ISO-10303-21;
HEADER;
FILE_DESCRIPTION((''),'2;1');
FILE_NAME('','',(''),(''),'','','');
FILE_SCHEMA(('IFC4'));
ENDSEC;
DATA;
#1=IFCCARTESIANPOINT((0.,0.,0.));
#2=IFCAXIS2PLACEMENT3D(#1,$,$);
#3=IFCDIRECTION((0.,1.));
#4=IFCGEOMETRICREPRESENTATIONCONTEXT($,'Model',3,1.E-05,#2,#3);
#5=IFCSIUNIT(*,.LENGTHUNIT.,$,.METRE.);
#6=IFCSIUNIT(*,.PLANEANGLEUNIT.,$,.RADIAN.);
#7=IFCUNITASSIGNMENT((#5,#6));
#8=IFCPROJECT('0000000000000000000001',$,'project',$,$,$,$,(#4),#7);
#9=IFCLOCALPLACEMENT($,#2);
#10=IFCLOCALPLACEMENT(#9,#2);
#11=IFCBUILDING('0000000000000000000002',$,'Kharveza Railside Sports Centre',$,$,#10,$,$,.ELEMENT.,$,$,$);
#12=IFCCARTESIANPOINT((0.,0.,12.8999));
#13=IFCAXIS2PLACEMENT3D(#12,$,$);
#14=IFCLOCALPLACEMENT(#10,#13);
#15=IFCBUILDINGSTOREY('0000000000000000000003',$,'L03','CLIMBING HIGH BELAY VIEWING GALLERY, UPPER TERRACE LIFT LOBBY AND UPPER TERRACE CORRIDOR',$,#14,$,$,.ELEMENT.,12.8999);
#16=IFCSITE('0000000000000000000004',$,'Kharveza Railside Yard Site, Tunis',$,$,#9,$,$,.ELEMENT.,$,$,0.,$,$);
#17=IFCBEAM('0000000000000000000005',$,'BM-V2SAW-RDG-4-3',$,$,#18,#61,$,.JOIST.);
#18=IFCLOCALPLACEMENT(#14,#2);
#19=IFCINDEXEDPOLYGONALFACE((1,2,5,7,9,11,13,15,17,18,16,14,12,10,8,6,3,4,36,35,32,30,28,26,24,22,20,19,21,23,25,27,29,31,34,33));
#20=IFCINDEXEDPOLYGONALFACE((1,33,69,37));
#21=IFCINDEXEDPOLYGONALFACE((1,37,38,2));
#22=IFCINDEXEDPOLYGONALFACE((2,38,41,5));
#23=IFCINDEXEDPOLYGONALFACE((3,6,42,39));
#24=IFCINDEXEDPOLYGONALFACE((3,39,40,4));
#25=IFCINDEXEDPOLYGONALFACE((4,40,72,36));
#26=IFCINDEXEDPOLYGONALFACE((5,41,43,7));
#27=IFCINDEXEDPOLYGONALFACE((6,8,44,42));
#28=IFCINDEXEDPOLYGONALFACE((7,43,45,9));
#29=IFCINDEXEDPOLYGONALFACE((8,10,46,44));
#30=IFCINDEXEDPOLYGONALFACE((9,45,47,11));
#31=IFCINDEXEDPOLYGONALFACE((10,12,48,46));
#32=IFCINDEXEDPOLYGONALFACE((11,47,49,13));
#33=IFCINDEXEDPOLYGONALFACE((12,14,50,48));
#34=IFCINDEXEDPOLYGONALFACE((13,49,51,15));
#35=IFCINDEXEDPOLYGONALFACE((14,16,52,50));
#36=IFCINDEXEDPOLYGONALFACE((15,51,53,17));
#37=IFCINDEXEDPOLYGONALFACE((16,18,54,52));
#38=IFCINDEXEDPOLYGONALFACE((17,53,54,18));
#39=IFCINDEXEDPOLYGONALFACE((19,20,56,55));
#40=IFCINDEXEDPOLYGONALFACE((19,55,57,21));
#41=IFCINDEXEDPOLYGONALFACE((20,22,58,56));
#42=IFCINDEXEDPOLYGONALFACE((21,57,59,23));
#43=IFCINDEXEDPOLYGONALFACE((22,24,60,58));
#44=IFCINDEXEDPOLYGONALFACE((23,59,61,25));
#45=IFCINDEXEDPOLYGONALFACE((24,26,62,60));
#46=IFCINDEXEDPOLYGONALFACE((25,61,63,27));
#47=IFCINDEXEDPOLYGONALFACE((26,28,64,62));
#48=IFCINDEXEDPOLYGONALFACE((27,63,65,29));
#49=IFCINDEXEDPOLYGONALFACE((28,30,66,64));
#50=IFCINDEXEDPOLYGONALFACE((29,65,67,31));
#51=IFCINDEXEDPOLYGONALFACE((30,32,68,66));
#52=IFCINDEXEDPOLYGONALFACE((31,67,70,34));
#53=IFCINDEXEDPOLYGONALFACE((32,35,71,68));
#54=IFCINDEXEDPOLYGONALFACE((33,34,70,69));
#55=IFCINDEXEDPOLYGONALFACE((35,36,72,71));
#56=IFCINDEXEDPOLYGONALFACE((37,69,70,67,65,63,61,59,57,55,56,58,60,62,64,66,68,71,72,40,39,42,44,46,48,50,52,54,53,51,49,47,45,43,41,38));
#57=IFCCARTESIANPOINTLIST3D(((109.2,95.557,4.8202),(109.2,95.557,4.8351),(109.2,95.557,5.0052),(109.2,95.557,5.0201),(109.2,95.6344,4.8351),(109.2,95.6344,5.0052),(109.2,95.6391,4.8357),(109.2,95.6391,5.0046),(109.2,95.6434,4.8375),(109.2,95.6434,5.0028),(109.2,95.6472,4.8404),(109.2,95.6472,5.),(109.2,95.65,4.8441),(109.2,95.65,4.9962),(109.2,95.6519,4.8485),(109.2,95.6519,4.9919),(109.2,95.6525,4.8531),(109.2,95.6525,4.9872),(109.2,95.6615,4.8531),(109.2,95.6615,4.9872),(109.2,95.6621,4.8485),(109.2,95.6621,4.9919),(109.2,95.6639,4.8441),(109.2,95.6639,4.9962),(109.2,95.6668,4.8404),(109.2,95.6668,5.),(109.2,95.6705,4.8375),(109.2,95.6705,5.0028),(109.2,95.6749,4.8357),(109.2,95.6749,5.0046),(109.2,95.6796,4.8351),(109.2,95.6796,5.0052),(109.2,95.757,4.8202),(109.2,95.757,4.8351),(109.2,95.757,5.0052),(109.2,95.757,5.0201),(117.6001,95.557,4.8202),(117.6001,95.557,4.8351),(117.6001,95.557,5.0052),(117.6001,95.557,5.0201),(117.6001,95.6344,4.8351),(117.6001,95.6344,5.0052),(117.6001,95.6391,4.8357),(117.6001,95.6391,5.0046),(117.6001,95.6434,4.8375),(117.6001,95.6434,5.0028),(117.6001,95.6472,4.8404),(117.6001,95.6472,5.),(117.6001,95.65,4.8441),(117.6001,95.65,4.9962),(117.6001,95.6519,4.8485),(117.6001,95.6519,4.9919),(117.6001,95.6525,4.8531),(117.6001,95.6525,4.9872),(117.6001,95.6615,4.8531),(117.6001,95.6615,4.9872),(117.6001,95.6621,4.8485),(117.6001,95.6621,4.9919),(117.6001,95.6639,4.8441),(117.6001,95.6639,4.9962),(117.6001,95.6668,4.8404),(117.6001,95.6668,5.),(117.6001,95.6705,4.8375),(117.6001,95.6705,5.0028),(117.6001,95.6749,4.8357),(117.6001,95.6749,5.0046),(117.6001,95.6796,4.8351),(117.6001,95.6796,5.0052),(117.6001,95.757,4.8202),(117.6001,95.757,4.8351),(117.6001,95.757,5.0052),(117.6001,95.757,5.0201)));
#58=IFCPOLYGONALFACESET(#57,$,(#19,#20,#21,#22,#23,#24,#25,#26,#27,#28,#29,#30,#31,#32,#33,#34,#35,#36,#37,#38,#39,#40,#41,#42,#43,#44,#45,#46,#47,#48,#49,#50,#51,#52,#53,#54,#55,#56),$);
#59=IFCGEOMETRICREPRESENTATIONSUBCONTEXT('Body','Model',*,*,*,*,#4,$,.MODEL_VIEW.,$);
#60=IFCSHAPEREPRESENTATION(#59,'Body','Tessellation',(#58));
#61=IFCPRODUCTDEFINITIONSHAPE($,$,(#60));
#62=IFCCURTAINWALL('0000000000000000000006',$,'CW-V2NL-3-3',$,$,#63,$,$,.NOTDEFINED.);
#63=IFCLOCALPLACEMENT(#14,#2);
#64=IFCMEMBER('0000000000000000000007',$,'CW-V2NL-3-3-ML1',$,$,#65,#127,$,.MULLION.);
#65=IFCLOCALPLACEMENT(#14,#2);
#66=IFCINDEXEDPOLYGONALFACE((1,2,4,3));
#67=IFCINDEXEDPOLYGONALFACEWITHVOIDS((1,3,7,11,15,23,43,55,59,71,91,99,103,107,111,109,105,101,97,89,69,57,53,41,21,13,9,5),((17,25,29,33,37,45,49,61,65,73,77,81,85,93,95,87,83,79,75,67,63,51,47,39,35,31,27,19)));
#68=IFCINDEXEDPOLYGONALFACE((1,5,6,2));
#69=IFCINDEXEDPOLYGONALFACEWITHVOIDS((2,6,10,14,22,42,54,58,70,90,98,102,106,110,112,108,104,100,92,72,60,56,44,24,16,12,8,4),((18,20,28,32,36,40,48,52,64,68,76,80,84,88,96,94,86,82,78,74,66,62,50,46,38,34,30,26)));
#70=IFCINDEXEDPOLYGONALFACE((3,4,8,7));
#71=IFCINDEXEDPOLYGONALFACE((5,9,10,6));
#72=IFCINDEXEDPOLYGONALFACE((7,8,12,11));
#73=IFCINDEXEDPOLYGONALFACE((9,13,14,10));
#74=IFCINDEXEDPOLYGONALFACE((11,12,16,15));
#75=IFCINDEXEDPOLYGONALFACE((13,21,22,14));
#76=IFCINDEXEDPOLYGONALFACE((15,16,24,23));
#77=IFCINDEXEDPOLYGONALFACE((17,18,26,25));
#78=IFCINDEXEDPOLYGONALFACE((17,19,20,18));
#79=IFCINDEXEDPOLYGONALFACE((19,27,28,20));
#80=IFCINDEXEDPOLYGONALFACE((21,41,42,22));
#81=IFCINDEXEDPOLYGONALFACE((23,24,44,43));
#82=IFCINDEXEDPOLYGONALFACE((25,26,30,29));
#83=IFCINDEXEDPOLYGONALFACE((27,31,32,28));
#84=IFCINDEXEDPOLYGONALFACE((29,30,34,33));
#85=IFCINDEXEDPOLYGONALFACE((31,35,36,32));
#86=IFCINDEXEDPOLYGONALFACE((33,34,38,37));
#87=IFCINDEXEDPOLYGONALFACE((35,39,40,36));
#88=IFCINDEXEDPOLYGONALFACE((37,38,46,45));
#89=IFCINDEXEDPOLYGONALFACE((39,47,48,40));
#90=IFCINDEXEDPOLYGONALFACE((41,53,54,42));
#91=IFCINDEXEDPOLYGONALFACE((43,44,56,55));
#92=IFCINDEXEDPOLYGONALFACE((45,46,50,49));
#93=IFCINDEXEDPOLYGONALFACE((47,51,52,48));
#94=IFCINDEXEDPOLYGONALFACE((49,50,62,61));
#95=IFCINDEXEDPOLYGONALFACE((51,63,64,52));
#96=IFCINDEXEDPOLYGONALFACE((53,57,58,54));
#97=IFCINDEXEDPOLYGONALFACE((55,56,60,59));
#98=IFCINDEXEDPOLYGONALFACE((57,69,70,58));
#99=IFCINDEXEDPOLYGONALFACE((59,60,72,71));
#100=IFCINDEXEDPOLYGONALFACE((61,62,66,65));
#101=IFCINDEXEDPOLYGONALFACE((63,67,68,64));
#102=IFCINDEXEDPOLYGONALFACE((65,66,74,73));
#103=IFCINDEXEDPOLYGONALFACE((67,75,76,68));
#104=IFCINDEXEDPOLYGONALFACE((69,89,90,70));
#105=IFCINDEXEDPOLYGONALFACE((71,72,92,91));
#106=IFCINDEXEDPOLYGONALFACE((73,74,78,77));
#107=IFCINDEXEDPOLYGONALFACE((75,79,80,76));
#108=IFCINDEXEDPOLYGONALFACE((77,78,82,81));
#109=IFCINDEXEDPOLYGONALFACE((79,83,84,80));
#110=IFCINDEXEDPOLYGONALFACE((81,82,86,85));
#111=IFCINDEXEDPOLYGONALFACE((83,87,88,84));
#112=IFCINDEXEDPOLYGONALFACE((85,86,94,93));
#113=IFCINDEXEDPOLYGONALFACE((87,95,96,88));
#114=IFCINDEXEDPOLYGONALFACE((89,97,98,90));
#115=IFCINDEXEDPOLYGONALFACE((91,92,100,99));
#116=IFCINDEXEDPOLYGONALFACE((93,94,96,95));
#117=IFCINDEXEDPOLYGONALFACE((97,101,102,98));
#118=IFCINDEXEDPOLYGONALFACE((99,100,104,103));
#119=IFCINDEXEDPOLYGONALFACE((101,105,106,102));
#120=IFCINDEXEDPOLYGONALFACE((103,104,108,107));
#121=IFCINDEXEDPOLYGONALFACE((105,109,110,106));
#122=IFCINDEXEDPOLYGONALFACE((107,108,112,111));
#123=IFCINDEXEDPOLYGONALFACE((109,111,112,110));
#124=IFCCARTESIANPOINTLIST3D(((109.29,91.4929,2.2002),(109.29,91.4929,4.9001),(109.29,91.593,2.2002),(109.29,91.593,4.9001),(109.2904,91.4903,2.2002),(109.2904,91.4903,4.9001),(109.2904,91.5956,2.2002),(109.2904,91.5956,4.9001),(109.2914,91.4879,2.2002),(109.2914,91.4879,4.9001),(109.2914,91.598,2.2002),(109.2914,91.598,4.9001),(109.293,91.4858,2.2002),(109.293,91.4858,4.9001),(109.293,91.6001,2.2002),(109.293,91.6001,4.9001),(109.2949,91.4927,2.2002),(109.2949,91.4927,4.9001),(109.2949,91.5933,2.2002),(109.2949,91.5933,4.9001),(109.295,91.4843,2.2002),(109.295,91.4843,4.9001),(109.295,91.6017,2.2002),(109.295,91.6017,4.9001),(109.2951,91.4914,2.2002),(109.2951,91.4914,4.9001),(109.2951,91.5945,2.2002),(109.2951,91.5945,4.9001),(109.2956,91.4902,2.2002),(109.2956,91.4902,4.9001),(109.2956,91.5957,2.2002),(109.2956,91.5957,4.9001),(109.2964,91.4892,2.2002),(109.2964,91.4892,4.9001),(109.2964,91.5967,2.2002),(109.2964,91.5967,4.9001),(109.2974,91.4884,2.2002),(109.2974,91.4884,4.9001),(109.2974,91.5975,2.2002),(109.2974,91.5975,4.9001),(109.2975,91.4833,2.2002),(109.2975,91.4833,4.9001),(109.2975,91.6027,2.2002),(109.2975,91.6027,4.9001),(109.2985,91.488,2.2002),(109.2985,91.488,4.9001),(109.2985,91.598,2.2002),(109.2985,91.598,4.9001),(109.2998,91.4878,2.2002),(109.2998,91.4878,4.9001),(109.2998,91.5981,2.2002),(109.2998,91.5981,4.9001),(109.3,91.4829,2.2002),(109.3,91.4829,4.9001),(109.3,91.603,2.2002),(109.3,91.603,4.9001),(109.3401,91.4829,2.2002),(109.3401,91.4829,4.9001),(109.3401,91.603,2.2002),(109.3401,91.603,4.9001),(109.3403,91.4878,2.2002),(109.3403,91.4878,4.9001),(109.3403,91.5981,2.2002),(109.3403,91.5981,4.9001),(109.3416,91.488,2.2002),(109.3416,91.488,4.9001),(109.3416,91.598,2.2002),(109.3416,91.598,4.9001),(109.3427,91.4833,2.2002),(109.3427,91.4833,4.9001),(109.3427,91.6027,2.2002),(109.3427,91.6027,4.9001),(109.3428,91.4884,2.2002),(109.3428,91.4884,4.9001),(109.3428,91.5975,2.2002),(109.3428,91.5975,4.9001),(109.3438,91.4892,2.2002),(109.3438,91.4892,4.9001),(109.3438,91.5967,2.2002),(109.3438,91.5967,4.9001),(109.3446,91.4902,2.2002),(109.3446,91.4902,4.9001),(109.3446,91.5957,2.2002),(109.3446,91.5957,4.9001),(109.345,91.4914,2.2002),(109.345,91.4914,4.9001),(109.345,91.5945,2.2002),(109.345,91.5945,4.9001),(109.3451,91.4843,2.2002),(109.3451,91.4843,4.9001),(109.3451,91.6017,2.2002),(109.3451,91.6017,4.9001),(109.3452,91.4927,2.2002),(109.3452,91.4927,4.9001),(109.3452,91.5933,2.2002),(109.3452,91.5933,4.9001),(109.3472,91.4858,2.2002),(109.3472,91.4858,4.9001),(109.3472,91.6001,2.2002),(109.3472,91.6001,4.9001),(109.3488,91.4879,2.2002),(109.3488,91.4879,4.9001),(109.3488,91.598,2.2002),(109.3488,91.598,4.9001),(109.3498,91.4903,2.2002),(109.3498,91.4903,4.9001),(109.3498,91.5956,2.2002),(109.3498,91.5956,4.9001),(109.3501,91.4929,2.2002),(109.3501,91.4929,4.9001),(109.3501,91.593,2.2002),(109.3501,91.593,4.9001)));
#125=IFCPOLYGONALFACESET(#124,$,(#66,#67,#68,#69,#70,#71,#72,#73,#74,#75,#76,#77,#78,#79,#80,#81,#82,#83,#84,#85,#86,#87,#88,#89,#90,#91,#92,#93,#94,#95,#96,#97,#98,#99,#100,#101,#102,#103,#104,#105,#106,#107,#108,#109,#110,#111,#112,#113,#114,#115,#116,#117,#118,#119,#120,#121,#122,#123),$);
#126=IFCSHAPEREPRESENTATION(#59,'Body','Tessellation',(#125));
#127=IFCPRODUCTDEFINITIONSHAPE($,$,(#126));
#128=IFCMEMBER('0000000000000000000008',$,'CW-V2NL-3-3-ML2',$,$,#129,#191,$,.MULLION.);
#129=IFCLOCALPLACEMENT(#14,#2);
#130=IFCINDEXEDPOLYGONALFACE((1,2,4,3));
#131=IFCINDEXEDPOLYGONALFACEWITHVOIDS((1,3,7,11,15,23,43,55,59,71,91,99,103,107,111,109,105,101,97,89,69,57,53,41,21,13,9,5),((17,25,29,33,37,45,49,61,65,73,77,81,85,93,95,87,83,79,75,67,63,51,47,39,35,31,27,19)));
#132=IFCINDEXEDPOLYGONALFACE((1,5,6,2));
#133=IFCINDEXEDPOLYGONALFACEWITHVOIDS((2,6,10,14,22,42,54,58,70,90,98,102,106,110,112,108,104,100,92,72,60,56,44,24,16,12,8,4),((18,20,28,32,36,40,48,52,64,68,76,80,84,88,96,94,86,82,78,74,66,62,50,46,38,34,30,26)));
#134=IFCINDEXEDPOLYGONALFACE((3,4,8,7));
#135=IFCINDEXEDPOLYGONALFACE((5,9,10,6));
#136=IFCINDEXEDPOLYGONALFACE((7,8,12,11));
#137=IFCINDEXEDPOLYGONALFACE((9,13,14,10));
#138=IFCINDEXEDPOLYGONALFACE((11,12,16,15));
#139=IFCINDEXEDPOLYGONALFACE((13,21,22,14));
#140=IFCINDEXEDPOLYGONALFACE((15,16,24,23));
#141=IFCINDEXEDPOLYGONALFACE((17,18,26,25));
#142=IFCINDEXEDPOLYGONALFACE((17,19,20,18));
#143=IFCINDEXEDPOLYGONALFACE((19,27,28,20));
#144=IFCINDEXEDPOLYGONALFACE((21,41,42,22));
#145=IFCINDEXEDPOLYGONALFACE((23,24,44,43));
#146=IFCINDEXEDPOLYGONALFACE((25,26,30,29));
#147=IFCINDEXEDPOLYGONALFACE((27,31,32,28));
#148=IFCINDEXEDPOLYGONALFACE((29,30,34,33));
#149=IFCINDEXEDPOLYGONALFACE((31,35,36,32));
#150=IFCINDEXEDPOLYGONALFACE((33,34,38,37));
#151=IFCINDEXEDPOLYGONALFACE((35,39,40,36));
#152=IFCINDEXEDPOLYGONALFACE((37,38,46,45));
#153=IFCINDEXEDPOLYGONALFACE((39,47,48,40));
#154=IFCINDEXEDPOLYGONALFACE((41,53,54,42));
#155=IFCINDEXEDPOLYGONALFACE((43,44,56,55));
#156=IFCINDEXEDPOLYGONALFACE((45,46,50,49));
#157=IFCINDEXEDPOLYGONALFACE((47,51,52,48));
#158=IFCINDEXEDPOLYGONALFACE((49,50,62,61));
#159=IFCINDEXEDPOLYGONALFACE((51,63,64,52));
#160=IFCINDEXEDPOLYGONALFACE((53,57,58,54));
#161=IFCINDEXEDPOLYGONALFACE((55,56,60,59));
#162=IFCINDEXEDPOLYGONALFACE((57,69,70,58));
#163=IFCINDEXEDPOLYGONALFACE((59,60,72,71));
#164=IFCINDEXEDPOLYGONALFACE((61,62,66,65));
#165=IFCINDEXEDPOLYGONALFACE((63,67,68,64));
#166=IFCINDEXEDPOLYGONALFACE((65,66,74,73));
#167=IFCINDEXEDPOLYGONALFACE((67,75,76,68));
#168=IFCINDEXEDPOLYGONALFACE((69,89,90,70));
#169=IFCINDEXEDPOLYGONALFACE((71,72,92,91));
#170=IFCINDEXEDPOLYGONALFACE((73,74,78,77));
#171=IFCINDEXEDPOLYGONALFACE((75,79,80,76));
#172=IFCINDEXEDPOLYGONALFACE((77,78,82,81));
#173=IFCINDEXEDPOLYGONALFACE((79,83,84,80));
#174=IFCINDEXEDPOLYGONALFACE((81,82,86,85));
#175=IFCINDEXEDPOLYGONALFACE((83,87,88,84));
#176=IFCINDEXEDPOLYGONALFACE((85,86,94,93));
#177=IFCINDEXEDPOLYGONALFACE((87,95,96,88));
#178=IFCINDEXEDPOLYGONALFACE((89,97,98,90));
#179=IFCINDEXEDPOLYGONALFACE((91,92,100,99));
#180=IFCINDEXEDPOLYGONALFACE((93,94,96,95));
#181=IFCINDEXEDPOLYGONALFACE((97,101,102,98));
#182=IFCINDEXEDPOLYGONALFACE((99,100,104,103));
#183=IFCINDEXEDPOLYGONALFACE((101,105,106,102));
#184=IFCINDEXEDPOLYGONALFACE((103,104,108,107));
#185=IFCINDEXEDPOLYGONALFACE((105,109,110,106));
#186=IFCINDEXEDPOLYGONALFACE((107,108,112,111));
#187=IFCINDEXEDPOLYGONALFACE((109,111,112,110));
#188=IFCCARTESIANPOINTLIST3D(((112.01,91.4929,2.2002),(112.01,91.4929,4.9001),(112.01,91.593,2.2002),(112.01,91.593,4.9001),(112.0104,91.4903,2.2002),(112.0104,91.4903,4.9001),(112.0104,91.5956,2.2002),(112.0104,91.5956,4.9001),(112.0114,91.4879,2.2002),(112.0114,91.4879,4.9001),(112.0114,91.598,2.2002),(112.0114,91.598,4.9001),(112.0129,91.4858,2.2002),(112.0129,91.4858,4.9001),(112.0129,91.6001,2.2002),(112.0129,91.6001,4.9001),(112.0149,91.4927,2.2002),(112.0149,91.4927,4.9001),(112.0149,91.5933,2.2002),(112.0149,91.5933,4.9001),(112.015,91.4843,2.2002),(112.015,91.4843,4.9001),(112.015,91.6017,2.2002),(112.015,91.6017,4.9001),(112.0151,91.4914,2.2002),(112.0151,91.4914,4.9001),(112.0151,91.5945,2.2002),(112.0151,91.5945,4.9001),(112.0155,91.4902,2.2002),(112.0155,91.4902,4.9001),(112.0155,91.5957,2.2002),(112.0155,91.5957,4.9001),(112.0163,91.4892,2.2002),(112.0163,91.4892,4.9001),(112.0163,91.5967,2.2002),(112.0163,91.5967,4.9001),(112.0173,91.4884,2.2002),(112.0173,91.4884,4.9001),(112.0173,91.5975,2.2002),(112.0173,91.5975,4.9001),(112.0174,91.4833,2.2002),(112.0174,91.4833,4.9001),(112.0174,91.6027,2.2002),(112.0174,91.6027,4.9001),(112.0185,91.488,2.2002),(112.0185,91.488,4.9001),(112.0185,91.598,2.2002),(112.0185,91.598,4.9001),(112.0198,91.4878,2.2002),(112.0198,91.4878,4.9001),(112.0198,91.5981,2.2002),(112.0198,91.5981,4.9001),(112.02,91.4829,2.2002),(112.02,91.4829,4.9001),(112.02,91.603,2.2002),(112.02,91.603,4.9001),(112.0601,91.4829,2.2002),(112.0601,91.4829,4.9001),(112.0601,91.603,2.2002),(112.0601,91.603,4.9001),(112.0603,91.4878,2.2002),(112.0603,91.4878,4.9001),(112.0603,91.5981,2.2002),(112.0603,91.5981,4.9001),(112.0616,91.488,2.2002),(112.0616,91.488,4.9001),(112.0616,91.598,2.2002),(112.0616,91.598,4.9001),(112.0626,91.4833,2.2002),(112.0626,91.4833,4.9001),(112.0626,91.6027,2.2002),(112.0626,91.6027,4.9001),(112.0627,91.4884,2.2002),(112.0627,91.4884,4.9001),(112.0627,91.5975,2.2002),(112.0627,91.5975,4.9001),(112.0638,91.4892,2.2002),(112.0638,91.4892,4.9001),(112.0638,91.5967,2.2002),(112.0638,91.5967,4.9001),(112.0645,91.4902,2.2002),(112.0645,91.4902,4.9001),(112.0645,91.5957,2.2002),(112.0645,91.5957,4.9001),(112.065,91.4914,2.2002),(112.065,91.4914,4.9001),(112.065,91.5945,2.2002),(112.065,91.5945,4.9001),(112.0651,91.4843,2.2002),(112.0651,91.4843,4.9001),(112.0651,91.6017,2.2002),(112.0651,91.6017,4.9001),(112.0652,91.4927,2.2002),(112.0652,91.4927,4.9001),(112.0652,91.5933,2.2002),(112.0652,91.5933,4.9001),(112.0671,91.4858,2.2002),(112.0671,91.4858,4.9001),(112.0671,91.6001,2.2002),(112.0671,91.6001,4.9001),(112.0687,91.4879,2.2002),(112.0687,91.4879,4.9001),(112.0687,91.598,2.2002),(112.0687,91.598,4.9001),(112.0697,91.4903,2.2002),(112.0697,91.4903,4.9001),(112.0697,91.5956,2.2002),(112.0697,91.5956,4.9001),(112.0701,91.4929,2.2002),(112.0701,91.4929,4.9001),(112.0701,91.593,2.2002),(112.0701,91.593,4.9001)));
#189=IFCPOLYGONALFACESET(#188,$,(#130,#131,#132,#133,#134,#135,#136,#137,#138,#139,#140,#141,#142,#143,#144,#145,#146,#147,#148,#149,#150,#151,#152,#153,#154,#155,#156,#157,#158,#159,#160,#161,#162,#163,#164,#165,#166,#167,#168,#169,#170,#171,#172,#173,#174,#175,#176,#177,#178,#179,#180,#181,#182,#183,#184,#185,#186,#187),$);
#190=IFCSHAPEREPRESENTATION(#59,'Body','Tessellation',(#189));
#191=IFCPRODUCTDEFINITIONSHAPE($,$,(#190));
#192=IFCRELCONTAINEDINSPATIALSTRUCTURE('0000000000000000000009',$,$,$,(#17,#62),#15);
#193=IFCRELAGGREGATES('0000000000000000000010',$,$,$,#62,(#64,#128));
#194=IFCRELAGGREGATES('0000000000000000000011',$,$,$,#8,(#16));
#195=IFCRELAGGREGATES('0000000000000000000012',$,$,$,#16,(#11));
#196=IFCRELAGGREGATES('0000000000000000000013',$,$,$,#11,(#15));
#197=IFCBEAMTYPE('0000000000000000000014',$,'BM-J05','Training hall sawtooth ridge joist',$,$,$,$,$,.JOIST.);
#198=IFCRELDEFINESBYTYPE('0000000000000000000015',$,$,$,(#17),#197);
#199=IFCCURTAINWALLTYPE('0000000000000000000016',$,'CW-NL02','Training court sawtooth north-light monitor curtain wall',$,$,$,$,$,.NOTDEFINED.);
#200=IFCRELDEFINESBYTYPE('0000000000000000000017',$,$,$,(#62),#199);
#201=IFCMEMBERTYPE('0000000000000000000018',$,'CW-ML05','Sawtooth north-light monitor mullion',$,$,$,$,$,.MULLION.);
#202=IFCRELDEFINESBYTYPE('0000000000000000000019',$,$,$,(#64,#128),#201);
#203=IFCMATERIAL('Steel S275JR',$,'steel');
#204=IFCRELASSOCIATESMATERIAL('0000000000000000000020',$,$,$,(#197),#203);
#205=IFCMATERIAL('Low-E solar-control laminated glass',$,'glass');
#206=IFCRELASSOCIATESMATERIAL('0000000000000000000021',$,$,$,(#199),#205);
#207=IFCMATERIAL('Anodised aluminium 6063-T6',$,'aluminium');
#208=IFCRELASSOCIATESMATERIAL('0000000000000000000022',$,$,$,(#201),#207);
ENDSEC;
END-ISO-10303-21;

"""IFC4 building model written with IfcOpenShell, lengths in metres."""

from ifc_helpers import new_model, si_unit, direction, frame, origin, origin_2d, place, context, subcontext, project, spatial, hollow_rectangle, i_section, extrude, material, material_profile, profile_set, type_object, element, aggregate, save


model = new_model("IFC4")

# Units and contexts
model_context = context("Model", 3, precision=1e-05, world=origin(), true_north=direction((0.0, 1.0)))
body_context = subcontext(model_context, "Body", "Model", "MODEL_VIEW")
ifc_project = project(units=[si_unit("LENGTHUNIT", "METRE"), si_unit("PLANEANGLEUNIT", "RADIAN")], contexts=[model_context])

# Site, building, storey
site_placement = place(None, origin())
site = spatial("IfcSite", under=ifc_project, at=site_placement, Name="Kharveza Railside Yard Site, Tunis", CompositionType="ELEMENT", RefElevation=0.0)
building_placement = place(site_placement, origin())
building = spatial("IfcBuilding", under=site, at=building_placement, Name="Kharveza Railside Sports Centre", CompositionType="ELEMENT")
storey_placement = place(building_placement, frame((0.0, 0.0, 12.8999)))
storey = spatial("IfcBuildingStorey", under=building, at=storey_placement, Name="L03", Description="CLIMBING HIGH BELAY VIEWING GALLERY, UPPER TERRACE LIFT LOBBY AND UPPER TERRACE CORRIDOR", CompositionType="ELEMENT", Elevation=12.8999)

# Beam
ifc_material_1 = material(Name="Steel S275JR", Category="steel")
ifc_material_profile_1 = material_profile(ifc_material_1, i_section(OverallWidth=0.2, OverallDepth=0.2, WebThickness=0.009, FlangeThickness=0.0149, FilletRadius=0.0181, at=origin_2d()), Name="HEB 200")
ifc_profile_set_1 = profile_set([ifc_material_profile_1], Name="Steel S275JR")
beam_type_1 = type_object("IfcBeamType", Name="BM-J05", Description="Training hall sawtooth ridge joist", PredefinedType="JOIST", material=ifc_profile_set_1)
beam_1_placement = place(storey_placement, frame((109.2, 95.657, 4.9202), z_axis=(1.0, 0.0, 0.0), x_axis=(0.0, 1.0, 0.0)))
element("IfcBeam", 1, at=beam_1_placement, inside=storey, type_object=beam_type_1, Name="BM-V2SAW-RDG-4-3", PredefinedType="JOIST", context=body_context, shape_type="SweptSolid", body=[
    extrude(i_section(OverallWidth=0.2, OverallDepth=0.2, WebThickness=0.009, FlangeThickness=0.0149, FilletRadius=0.0181, at=origin_2d()), origin(), (0.0, 0.0, 1.0), 8.4001),
])

# Curtain wall, members
ifc_material_2 = material(Name="Low-E solar-control laminated glass", Category="glass")
curtain_wall_type = type_object("IfcCurtainWallType", Name="CW-NL02", Description="Training court sawtooth north-light monitor curtain wall", PredefinedType="NOTDEFINED", material=ifc_material_2)
curtain_wall_1_placement = place(storey_placement, origin())
curtain_wall_1 = element("IfcCurtainWall", 2, at=curtain_wall_1_placement, inside=storey, type_object=curtain_wall_type, Name="CW-V2NL-3-3", PredefinedType="NOTDEFINED")
ifc_material_3 = material(Name="Anodised aluminium 6063-T6", Category="aluminium")
ifc_material_profile_2 = material_profile(ifc_material_3, hollow_rectangle(XDim=0.0601, YDim=0.1201, WallThickness=0.0049, InnerFilletRadius=0.0049, OuterFilletRadius=0.01, at=origin_2d()), Name="RHS 60x120x5.0")
ifc_profile_set_2 = profile_set([ifc_material_profile_2], Name="Anodised aluminium 6063-T6")
member_type_1 = type_object("IfcMemberType", Name="CW-ML05", Description="Sawtooth north-light monitor mullion", PredefinedType="MULLION", material=ifc_profile_set_2)
member_1_placement = place(storey_placement, frame((109.3201, 91.543, 2.2002), z_axis=(0.0, 0.0, 1.0), x_axis=(1.0, 0.0, 0.0)))
member_1 = element("IfcMember", 3, at=member_1_placement, type_object=member_type_1, Name="CW-V2NL-3-3-ML1", PredefinedType="MULLION", context=body_context, shape_type="SweptSolid", body=[
    extrude(hollow_rectangle(XDim=0.0601, YDim=0.1201, WallThickness=0.0049, InnerFilletRadius=0.0049, OuterFilletRadius=0.01, at=origin_2d()), origin(), (0.0, 0.0, 1.0), 2.7),
])
member_2_placement = place(storey_placement, frame((112.04, 91.543, 2.2002), z_axis=(0.0, 0.0, 1.0), x_axis=(1.0, 0.0, 0.0)))
member_2 = element("IfcMember", 4, at=member_2_placement, type_object=member_type_1, Name="CW-V2NL-3-3-ML2", PredefinedType="MULLION", context=body_context, shape_type="SweptSolid", body=[
    extrude(hollow_rectangle(XDim=0.0601, YDim=0.1201, WallThickness=0.0049, InnerFilletRadius=0.0049, OuterFilletRadius=0.01, at=origin_2d()), origin(), (0.0, 0.0, 1.0), 2.7),
])

aggregate(curtain_wall_1, [member_1, member_2])

save(model, "model.ifc")
